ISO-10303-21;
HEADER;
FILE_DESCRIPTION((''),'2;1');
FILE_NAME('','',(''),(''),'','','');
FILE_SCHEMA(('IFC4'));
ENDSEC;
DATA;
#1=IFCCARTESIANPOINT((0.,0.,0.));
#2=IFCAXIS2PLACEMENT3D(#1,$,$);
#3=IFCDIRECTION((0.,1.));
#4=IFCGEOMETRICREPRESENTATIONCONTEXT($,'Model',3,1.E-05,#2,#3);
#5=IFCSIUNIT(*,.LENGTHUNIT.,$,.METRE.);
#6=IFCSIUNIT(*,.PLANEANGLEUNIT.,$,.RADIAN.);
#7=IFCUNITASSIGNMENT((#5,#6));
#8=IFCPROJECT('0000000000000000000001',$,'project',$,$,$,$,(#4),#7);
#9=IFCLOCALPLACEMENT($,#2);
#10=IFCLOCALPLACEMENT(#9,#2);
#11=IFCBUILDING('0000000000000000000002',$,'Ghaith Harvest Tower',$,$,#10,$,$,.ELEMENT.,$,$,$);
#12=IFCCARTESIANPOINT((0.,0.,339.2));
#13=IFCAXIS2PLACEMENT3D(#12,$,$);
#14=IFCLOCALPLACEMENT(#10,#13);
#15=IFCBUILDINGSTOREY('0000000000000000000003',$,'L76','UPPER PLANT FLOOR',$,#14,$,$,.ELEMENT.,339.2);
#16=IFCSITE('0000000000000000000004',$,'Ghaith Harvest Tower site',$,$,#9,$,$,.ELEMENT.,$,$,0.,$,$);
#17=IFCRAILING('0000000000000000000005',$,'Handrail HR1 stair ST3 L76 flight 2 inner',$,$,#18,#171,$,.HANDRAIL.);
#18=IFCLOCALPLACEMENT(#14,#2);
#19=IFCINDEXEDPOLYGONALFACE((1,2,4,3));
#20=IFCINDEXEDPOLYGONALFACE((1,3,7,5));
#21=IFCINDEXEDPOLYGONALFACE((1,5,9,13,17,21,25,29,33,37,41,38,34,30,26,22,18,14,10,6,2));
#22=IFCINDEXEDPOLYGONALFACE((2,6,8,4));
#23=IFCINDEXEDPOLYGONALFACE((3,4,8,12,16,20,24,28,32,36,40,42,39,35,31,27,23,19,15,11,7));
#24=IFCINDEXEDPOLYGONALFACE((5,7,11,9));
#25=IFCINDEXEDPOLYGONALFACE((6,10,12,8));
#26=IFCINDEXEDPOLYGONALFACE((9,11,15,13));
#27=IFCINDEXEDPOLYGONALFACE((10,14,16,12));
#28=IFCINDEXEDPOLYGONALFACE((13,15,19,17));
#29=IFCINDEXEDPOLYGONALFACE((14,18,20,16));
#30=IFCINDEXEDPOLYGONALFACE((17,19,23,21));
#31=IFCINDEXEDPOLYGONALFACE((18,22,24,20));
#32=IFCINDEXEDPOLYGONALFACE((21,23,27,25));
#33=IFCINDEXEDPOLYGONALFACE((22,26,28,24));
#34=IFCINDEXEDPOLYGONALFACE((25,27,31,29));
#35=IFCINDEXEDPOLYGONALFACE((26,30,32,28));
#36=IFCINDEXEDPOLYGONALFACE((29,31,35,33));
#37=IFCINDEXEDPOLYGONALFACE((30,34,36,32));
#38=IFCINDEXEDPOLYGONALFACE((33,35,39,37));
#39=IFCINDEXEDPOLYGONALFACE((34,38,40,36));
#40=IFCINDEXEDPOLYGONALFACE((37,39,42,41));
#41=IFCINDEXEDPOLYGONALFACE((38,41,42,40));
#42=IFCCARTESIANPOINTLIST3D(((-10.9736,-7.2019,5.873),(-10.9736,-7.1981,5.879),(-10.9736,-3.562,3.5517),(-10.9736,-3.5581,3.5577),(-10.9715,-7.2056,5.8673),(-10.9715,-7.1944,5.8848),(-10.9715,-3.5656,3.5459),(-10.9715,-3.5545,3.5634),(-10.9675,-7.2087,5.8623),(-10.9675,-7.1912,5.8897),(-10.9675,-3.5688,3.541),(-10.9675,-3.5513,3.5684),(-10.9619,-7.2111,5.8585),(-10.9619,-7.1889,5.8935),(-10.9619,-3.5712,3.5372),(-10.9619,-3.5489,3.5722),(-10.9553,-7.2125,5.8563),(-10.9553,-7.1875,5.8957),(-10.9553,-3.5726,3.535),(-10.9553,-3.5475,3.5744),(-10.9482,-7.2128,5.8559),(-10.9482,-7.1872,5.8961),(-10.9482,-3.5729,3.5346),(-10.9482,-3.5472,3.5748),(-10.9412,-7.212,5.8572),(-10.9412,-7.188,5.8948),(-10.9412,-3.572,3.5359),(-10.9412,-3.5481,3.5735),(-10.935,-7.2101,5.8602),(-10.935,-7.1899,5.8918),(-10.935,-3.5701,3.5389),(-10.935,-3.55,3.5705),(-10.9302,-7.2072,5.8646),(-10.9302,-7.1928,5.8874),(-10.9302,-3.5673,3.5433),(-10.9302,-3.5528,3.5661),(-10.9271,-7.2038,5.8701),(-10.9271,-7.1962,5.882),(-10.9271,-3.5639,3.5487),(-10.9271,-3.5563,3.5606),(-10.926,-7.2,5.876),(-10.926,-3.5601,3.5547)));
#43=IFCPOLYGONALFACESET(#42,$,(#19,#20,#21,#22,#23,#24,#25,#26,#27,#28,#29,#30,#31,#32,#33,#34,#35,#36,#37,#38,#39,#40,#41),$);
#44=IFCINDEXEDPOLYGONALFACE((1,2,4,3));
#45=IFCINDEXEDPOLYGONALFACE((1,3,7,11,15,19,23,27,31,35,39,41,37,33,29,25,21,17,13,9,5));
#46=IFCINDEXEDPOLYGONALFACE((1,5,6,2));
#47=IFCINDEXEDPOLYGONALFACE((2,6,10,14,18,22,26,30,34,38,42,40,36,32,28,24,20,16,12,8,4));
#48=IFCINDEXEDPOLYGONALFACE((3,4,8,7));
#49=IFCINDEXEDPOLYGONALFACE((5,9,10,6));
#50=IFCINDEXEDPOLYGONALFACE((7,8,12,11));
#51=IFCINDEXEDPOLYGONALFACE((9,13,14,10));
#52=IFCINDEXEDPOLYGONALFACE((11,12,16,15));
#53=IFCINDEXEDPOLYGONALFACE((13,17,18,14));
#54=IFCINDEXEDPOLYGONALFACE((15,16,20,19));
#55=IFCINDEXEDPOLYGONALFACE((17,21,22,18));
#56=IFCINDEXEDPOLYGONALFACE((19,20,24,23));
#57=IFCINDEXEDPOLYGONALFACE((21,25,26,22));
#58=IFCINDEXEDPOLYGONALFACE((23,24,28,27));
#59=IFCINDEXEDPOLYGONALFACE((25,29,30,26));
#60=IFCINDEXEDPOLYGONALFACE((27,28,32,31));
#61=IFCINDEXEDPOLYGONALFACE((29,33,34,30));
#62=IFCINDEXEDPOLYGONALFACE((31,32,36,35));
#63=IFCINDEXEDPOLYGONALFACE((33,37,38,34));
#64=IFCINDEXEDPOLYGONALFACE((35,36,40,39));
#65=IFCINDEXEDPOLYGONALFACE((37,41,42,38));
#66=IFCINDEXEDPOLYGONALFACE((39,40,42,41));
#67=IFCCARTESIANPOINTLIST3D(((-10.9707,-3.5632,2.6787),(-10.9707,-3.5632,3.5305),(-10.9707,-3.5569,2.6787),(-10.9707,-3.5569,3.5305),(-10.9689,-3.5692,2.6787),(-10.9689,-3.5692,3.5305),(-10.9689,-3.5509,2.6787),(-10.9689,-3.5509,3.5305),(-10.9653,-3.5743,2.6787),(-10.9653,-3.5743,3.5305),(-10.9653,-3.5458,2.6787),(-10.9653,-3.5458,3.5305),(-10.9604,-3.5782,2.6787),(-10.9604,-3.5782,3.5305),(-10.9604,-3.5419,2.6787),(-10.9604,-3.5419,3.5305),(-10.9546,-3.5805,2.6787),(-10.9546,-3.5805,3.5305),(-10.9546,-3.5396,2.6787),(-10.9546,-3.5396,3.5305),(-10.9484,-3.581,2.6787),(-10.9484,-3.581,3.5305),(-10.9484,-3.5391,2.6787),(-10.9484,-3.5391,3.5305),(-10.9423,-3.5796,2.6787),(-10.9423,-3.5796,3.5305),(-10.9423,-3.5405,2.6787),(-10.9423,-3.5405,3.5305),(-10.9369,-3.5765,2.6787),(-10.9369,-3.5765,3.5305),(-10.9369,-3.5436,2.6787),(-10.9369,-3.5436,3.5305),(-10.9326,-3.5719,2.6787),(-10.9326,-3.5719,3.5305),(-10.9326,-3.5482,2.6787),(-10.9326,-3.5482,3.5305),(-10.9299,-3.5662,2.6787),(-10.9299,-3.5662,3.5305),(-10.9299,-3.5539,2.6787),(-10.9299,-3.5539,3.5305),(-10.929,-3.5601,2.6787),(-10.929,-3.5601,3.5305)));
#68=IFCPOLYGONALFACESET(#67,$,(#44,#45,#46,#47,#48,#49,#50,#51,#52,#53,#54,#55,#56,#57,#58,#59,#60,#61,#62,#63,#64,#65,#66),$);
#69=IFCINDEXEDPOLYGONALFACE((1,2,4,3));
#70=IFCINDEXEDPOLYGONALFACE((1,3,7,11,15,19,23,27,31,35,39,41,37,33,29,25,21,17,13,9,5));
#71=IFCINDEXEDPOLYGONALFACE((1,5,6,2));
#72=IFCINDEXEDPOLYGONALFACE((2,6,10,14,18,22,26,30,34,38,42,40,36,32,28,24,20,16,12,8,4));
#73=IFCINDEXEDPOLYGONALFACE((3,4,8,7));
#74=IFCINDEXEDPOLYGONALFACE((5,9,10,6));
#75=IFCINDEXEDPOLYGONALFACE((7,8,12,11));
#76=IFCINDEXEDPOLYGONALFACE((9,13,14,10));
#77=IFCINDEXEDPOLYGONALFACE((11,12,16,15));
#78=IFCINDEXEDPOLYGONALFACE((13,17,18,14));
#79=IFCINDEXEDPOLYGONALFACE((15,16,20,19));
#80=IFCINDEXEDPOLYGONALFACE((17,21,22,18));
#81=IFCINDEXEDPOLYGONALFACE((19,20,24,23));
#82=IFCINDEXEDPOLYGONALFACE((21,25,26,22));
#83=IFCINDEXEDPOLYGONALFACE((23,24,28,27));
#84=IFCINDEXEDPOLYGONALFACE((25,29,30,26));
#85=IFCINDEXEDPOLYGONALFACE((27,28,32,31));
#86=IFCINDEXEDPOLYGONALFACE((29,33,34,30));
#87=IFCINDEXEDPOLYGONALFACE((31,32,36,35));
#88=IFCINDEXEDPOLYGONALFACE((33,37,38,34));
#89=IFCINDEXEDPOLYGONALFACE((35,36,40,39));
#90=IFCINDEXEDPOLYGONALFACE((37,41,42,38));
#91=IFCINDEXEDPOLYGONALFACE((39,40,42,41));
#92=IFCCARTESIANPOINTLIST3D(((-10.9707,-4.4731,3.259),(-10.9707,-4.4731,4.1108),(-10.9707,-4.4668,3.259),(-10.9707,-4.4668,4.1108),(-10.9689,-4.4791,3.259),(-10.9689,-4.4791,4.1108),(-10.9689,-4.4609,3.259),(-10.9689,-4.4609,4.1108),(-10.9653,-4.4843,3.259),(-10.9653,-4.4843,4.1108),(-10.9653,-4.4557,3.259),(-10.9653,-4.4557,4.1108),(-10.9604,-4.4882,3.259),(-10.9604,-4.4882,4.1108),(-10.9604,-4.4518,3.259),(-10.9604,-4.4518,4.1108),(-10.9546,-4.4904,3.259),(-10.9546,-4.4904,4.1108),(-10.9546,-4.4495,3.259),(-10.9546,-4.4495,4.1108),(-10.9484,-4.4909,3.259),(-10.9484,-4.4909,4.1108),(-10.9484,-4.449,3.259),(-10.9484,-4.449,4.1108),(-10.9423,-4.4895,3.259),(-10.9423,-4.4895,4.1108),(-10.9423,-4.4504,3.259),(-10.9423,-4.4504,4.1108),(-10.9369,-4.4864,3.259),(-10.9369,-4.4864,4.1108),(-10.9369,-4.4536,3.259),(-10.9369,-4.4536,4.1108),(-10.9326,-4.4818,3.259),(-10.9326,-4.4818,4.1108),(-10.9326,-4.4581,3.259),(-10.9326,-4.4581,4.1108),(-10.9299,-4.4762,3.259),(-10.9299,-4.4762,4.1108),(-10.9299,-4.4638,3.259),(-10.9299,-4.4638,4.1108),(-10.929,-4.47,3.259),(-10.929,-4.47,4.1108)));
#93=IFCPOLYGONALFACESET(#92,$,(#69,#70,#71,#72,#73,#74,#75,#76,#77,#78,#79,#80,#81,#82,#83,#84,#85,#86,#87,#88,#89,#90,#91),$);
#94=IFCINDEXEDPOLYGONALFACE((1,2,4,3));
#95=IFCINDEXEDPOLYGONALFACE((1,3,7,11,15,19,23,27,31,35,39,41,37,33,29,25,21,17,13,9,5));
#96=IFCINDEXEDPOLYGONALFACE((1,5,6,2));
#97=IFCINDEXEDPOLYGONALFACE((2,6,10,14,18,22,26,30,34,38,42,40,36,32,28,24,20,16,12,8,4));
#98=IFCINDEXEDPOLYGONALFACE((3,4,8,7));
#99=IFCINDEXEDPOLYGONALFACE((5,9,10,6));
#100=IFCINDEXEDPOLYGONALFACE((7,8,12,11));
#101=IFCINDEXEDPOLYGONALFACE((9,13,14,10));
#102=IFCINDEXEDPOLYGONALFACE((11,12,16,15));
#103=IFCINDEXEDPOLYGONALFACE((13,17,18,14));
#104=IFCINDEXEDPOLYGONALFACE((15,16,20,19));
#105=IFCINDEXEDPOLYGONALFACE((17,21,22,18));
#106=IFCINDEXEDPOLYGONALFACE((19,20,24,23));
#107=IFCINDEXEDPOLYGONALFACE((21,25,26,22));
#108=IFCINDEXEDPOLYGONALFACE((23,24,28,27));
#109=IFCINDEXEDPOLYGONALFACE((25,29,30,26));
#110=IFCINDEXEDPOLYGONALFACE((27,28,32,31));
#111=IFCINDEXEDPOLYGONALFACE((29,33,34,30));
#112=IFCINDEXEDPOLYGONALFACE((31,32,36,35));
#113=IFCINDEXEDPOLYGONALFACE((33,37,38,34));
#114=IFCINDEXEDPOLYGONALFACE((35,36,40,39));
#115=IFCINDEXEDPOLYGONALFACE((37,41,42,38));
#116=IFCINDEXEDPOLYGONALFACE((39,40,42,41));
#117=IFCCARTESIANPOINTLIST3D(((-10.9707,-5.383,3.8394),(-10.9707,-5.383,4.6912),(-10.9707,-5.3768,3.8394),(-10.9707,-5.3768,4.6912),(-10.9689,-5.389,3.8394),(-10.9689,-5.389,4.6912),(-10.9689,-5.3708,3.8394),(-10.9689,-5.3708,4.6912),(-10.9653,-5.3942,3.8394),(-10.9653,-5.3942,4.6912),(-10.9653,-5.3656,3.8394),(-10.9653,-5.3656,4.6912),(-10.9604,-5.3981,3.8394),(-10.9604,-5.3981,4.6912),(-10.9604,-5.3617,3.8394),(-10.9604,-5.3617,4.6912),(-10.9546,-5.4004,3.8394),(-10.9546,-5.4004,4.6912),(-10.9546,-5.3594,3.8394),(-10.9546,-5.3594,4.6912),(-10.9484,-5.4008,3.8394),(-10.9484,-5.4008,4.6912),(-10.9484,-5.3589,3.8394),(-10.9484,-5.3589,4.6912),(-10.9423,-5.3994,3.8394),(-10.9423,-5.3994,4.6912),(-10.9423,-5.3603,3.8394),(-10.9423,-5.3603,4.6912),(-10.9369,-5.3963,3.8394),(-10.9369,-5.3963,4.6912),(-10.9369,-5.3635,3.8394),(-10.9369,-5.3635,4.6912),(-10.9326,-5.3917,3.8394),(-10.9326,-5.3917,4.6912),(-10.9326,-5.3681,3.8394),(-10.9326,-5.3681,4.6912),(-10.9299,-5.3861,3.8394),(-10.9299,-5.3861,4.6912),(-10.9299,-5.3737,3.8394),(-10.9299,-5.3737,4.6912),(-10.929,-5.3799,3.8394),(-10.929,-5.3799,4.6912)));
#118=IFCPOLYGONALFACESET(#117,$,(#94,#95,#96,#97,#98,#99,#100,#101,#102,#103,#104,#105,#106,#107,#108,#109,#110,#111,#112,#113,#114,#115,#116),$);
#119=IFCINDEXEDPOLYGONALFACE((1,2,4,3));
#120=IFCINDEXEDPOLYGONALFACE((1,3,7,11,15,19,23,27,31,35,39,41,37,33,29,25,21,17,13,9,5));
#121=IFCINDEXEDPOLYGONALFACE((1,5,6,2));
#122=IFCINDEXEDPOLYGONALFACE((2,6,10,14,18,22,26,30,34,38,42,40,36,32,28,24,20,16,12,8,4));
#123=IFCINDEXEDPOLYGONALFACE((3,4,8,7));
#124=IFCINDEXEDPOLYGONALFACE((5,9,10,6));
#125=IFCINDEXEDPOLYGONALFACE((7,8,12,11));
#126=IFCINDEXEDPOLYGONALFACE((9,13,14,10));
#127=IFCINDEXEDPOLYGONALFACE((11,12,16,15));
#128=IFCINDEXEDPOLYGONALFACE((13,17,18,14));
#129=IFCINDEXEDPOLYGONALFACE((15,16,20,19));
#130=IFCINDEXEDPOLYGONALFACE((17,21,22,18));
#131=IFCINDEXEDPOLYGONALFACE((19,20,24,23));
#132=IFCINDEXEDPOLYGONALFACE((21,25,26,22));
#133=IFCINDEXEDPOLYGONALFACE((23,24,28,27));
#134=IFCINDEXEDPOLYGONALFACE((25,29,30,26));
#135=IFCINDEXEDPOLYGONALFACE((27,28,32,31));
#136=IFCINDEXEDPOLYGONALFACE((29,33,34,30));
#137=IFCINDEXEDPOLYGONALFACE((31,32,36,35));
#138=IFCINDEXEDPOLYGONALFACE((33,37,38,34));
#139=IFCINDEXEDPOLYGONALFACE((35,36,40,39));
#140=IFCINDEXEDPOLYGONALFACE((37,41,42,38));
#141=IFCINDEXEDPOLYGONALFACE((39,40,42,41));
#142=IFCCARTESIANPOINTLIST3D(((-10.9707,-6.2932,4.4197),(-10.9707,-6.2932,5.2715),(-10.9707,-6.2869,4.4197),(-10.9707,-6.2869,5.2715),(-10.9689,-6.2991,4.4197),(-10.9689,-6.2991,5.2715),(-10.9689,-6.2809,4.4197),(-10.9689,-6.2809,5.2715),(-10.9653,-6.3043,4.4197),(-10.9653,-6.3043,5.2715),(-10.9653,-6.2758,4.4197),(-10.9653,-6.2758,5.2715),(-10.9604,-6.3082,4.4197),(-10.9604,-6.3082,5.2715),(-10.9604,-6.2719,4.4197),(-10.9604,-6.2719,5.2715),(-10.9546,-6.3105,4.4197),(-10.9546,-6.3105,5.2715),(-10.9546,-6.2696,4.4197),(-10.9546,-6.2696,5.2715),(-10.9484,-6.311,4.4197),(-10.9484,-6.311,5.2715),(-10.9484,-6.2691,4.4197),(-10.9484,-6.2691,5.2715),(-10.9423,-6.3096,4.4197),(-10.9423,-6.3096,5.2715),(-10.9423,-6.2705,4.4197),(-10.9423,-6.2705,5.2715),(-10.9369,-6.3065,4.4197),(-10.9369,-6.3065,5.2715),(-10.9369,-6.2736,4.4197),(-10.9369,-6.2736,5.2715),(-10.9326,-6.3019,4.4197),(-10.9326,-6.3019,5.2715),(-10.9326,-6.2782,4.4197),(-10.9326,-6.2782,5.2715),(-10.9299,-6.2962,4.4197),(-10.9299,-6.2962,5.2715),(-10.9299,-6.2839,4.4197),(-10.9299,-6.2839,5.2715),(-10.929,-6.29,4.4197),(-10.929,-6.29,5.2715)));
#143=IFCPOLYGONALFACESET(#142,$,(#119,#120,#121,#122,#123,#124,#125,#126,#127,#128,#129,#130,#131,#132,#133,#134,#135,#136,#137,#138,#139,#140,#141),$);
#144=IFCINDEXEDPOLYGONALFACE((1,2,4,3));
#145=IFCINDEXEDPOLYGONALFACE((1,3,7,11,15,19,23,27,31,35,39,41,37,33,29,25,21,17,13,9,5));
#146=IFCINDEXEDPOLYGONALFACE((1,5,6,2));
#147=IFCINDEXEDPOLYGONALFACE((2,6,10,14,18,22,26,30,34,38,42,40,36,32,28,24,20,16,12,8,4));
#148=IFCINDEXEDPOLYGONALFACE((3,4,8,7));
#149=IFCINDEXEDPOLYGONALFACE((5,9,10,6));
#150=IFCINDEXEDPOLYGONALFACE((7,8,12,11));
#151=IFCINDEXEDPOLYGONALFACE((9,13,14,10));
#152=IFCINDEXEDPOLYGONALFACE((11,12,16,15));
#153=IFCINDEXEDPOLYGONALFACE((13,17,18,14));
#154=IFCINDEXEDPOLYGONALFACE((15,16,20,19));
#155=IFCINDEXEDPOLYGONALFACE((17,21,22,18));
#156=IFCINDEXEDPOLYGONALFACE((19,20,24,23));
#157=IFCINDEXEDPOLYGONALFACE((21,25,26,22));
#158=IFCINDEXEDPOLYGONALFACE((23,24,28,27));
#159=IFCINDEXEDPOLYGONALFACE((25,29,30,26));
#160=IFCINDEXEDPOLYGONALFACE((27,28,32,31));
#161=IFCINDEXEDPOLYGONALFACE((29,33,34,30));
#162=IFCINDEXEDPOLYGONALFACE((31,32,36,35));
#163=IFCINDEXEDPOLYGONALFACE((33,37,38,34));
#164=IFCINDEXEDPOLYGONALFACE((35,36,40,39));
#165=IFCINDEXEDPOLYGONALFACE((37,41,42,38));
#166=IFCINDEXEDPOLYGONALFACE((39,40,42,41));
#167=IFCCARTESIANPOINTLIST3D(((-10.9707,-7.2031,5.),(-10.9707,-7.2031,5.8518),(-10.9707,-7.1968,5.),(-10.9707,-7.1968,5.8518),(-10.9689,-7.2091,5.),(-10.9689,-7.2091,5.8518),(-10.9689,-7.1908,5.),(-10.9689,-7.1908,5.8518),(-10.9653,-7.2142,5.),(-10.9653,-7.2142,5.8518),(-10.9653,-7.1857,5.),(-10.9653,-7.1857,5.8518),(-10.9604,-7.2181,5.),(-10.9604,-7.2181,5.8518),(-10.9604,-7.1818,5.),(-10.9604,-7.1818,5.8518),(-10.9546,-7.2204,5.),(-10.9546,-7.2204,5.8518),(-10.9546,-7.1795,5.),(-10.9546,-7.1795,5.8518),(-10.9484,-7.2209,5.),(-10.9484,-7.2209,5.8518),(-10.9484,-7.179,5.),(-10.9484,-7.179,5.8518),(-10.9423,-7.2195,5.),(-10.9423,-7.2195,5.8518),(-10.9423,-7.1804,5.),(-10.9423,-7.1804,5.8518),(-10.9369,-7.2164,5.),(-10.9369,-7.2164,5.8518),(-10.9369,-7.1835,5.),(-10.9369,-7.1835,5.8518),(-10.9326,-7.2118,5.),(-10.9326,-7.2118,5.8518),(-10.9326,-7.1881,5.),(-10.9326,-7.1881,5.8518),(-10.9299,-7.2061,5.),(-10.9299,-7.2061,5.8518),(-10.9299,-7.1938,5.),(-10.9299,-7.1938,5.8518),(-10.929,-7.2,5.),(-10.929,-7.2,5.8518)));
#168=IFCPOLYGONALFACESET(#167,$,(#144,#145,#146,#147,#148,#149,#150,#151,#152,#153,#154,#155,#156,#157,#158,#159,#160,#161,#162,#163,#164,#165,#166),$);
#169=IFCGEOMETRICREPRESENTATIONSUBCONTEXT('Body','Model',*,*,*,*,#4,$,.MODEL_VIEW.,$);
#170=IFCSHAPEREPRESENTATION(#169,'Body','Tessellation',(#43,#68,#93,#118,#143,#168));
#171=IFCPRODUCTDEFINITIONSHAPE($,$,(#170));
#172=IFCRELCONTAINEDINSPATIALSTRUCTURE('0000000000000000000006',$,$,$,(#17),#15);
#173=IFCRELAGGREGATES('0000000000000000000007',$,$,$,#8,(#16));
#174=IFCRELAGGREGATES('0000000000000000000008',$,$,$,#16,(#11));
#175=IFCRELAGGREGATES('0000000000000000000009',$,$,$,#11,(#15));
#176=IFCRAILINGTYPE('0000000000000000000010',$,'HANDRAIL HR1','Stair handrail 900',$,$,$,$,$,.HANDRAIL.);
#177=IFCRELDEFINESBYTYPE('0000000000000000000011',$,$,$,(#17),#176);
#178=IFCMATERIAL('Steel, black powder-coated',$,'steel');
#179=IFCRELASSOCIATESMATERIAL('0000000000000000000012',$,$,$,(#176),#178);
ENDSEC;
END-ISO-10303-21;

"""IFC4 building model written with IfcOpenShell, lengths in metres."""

from ifc_helpers import new_model, si_unit, direction, frame, origin, origin_2d, place, context, subcontext, project, spatial, circle, extrude, material, type_object, element, save


model = new_model("IFC4")

# Units and contexts
model_context = context("Model", 3, precision=1e-05, world=origin(), true_north=direction((0.0, 1.0)))
body_context = subcontext(model_context, "Body", "Model", "MODEL_VIEW")
ifc_project = project(units=[si_unit("LENGTHUNIT", "METRE"), si_unit("PLANEANGLEUNIT", "RADIAN")], contexts=[model_context])

# Site, building, storey
site_placement = place(None, origin())
site = spatial("IfcSite", under=ifc_project, at=site_placement, Name="Ghaith Harvest Tower site", CompositionType="ELEMENT", RefElevation=0.0)
building_placement = place(site_placement, origin())
building = spatial("IfcBuilding", under=site, at=building_placement, Name="Ghaith Harvest Tower", CompositionType="ELEMENT")
storey_placement = place(building_placement, frame((0.0, 0.0, 339.2)))
storey = spatial("IfcBuildingStorey", under=building, at=storey_placement, Name="L76", Description="UPPER PLANT FLOOR", CompositionType="ELEMENT", Elevation=339.2)

# Railing
ifc_material_1 = material(Name="Steel, black powder-coated", Category="steel")
railing_type = type_object("IfcRailingType", Name="HANDRAIL HR1", Description="Stair handrail 900", PredefinedType="HANDRAIL", material=ifc_material_1)
railing_1_placement = place(storey_placement, frame((-10.95, -3.5601, 2.6787)))
element("IfcRailing", 1, at=railing_1_placement, inside=storey, type_object=railing_type, Name="Handrail HR1 stair ST3 L76 flight 2 inner", PredefinedType="HANDRAIL", context=body_context, shape_type="SweptSolid", body=[
    extrude(circle(Radius=0.0239, at=origin_2d()), frame((0.0, 0.0, 0.876), z_axis=(0.0, -0.843137, 0.537699), x_axis=(1.0, 0.0, 0.0)), (0.0, 0.0, 1.0), 4.3171),
    extrude(circle(Radius=0.021, at=origin_2d()), origin(), (0.0, 0.0, 1.0), 0.8518),
    extrude(circle(Radius=0.021, at=origin_2d()), frame((0.0, -0.9099, 0.5803)), (0.0, 0.0, 1.0), 0.8518),
    extrude(circle(Radius=0.021, at=origin_2d()), frame((0.0, -1.8198, 1.1606)), (0.0, 0.0, 1.0), 0.8518),
    extrude(circle(Radius=0.021, at=origin_2d()), frame((0.0, -2.73, 1.741)), (0.0, 0.0, 1.0), 0.8518),
    extrude(circle(Radius=0.021, at=origin_2d()), frame((0.0, -3.6399, 2.3213)), (0.0, 0.0, 1.0), 0.8518),
])

save(model, "model.ifc")
